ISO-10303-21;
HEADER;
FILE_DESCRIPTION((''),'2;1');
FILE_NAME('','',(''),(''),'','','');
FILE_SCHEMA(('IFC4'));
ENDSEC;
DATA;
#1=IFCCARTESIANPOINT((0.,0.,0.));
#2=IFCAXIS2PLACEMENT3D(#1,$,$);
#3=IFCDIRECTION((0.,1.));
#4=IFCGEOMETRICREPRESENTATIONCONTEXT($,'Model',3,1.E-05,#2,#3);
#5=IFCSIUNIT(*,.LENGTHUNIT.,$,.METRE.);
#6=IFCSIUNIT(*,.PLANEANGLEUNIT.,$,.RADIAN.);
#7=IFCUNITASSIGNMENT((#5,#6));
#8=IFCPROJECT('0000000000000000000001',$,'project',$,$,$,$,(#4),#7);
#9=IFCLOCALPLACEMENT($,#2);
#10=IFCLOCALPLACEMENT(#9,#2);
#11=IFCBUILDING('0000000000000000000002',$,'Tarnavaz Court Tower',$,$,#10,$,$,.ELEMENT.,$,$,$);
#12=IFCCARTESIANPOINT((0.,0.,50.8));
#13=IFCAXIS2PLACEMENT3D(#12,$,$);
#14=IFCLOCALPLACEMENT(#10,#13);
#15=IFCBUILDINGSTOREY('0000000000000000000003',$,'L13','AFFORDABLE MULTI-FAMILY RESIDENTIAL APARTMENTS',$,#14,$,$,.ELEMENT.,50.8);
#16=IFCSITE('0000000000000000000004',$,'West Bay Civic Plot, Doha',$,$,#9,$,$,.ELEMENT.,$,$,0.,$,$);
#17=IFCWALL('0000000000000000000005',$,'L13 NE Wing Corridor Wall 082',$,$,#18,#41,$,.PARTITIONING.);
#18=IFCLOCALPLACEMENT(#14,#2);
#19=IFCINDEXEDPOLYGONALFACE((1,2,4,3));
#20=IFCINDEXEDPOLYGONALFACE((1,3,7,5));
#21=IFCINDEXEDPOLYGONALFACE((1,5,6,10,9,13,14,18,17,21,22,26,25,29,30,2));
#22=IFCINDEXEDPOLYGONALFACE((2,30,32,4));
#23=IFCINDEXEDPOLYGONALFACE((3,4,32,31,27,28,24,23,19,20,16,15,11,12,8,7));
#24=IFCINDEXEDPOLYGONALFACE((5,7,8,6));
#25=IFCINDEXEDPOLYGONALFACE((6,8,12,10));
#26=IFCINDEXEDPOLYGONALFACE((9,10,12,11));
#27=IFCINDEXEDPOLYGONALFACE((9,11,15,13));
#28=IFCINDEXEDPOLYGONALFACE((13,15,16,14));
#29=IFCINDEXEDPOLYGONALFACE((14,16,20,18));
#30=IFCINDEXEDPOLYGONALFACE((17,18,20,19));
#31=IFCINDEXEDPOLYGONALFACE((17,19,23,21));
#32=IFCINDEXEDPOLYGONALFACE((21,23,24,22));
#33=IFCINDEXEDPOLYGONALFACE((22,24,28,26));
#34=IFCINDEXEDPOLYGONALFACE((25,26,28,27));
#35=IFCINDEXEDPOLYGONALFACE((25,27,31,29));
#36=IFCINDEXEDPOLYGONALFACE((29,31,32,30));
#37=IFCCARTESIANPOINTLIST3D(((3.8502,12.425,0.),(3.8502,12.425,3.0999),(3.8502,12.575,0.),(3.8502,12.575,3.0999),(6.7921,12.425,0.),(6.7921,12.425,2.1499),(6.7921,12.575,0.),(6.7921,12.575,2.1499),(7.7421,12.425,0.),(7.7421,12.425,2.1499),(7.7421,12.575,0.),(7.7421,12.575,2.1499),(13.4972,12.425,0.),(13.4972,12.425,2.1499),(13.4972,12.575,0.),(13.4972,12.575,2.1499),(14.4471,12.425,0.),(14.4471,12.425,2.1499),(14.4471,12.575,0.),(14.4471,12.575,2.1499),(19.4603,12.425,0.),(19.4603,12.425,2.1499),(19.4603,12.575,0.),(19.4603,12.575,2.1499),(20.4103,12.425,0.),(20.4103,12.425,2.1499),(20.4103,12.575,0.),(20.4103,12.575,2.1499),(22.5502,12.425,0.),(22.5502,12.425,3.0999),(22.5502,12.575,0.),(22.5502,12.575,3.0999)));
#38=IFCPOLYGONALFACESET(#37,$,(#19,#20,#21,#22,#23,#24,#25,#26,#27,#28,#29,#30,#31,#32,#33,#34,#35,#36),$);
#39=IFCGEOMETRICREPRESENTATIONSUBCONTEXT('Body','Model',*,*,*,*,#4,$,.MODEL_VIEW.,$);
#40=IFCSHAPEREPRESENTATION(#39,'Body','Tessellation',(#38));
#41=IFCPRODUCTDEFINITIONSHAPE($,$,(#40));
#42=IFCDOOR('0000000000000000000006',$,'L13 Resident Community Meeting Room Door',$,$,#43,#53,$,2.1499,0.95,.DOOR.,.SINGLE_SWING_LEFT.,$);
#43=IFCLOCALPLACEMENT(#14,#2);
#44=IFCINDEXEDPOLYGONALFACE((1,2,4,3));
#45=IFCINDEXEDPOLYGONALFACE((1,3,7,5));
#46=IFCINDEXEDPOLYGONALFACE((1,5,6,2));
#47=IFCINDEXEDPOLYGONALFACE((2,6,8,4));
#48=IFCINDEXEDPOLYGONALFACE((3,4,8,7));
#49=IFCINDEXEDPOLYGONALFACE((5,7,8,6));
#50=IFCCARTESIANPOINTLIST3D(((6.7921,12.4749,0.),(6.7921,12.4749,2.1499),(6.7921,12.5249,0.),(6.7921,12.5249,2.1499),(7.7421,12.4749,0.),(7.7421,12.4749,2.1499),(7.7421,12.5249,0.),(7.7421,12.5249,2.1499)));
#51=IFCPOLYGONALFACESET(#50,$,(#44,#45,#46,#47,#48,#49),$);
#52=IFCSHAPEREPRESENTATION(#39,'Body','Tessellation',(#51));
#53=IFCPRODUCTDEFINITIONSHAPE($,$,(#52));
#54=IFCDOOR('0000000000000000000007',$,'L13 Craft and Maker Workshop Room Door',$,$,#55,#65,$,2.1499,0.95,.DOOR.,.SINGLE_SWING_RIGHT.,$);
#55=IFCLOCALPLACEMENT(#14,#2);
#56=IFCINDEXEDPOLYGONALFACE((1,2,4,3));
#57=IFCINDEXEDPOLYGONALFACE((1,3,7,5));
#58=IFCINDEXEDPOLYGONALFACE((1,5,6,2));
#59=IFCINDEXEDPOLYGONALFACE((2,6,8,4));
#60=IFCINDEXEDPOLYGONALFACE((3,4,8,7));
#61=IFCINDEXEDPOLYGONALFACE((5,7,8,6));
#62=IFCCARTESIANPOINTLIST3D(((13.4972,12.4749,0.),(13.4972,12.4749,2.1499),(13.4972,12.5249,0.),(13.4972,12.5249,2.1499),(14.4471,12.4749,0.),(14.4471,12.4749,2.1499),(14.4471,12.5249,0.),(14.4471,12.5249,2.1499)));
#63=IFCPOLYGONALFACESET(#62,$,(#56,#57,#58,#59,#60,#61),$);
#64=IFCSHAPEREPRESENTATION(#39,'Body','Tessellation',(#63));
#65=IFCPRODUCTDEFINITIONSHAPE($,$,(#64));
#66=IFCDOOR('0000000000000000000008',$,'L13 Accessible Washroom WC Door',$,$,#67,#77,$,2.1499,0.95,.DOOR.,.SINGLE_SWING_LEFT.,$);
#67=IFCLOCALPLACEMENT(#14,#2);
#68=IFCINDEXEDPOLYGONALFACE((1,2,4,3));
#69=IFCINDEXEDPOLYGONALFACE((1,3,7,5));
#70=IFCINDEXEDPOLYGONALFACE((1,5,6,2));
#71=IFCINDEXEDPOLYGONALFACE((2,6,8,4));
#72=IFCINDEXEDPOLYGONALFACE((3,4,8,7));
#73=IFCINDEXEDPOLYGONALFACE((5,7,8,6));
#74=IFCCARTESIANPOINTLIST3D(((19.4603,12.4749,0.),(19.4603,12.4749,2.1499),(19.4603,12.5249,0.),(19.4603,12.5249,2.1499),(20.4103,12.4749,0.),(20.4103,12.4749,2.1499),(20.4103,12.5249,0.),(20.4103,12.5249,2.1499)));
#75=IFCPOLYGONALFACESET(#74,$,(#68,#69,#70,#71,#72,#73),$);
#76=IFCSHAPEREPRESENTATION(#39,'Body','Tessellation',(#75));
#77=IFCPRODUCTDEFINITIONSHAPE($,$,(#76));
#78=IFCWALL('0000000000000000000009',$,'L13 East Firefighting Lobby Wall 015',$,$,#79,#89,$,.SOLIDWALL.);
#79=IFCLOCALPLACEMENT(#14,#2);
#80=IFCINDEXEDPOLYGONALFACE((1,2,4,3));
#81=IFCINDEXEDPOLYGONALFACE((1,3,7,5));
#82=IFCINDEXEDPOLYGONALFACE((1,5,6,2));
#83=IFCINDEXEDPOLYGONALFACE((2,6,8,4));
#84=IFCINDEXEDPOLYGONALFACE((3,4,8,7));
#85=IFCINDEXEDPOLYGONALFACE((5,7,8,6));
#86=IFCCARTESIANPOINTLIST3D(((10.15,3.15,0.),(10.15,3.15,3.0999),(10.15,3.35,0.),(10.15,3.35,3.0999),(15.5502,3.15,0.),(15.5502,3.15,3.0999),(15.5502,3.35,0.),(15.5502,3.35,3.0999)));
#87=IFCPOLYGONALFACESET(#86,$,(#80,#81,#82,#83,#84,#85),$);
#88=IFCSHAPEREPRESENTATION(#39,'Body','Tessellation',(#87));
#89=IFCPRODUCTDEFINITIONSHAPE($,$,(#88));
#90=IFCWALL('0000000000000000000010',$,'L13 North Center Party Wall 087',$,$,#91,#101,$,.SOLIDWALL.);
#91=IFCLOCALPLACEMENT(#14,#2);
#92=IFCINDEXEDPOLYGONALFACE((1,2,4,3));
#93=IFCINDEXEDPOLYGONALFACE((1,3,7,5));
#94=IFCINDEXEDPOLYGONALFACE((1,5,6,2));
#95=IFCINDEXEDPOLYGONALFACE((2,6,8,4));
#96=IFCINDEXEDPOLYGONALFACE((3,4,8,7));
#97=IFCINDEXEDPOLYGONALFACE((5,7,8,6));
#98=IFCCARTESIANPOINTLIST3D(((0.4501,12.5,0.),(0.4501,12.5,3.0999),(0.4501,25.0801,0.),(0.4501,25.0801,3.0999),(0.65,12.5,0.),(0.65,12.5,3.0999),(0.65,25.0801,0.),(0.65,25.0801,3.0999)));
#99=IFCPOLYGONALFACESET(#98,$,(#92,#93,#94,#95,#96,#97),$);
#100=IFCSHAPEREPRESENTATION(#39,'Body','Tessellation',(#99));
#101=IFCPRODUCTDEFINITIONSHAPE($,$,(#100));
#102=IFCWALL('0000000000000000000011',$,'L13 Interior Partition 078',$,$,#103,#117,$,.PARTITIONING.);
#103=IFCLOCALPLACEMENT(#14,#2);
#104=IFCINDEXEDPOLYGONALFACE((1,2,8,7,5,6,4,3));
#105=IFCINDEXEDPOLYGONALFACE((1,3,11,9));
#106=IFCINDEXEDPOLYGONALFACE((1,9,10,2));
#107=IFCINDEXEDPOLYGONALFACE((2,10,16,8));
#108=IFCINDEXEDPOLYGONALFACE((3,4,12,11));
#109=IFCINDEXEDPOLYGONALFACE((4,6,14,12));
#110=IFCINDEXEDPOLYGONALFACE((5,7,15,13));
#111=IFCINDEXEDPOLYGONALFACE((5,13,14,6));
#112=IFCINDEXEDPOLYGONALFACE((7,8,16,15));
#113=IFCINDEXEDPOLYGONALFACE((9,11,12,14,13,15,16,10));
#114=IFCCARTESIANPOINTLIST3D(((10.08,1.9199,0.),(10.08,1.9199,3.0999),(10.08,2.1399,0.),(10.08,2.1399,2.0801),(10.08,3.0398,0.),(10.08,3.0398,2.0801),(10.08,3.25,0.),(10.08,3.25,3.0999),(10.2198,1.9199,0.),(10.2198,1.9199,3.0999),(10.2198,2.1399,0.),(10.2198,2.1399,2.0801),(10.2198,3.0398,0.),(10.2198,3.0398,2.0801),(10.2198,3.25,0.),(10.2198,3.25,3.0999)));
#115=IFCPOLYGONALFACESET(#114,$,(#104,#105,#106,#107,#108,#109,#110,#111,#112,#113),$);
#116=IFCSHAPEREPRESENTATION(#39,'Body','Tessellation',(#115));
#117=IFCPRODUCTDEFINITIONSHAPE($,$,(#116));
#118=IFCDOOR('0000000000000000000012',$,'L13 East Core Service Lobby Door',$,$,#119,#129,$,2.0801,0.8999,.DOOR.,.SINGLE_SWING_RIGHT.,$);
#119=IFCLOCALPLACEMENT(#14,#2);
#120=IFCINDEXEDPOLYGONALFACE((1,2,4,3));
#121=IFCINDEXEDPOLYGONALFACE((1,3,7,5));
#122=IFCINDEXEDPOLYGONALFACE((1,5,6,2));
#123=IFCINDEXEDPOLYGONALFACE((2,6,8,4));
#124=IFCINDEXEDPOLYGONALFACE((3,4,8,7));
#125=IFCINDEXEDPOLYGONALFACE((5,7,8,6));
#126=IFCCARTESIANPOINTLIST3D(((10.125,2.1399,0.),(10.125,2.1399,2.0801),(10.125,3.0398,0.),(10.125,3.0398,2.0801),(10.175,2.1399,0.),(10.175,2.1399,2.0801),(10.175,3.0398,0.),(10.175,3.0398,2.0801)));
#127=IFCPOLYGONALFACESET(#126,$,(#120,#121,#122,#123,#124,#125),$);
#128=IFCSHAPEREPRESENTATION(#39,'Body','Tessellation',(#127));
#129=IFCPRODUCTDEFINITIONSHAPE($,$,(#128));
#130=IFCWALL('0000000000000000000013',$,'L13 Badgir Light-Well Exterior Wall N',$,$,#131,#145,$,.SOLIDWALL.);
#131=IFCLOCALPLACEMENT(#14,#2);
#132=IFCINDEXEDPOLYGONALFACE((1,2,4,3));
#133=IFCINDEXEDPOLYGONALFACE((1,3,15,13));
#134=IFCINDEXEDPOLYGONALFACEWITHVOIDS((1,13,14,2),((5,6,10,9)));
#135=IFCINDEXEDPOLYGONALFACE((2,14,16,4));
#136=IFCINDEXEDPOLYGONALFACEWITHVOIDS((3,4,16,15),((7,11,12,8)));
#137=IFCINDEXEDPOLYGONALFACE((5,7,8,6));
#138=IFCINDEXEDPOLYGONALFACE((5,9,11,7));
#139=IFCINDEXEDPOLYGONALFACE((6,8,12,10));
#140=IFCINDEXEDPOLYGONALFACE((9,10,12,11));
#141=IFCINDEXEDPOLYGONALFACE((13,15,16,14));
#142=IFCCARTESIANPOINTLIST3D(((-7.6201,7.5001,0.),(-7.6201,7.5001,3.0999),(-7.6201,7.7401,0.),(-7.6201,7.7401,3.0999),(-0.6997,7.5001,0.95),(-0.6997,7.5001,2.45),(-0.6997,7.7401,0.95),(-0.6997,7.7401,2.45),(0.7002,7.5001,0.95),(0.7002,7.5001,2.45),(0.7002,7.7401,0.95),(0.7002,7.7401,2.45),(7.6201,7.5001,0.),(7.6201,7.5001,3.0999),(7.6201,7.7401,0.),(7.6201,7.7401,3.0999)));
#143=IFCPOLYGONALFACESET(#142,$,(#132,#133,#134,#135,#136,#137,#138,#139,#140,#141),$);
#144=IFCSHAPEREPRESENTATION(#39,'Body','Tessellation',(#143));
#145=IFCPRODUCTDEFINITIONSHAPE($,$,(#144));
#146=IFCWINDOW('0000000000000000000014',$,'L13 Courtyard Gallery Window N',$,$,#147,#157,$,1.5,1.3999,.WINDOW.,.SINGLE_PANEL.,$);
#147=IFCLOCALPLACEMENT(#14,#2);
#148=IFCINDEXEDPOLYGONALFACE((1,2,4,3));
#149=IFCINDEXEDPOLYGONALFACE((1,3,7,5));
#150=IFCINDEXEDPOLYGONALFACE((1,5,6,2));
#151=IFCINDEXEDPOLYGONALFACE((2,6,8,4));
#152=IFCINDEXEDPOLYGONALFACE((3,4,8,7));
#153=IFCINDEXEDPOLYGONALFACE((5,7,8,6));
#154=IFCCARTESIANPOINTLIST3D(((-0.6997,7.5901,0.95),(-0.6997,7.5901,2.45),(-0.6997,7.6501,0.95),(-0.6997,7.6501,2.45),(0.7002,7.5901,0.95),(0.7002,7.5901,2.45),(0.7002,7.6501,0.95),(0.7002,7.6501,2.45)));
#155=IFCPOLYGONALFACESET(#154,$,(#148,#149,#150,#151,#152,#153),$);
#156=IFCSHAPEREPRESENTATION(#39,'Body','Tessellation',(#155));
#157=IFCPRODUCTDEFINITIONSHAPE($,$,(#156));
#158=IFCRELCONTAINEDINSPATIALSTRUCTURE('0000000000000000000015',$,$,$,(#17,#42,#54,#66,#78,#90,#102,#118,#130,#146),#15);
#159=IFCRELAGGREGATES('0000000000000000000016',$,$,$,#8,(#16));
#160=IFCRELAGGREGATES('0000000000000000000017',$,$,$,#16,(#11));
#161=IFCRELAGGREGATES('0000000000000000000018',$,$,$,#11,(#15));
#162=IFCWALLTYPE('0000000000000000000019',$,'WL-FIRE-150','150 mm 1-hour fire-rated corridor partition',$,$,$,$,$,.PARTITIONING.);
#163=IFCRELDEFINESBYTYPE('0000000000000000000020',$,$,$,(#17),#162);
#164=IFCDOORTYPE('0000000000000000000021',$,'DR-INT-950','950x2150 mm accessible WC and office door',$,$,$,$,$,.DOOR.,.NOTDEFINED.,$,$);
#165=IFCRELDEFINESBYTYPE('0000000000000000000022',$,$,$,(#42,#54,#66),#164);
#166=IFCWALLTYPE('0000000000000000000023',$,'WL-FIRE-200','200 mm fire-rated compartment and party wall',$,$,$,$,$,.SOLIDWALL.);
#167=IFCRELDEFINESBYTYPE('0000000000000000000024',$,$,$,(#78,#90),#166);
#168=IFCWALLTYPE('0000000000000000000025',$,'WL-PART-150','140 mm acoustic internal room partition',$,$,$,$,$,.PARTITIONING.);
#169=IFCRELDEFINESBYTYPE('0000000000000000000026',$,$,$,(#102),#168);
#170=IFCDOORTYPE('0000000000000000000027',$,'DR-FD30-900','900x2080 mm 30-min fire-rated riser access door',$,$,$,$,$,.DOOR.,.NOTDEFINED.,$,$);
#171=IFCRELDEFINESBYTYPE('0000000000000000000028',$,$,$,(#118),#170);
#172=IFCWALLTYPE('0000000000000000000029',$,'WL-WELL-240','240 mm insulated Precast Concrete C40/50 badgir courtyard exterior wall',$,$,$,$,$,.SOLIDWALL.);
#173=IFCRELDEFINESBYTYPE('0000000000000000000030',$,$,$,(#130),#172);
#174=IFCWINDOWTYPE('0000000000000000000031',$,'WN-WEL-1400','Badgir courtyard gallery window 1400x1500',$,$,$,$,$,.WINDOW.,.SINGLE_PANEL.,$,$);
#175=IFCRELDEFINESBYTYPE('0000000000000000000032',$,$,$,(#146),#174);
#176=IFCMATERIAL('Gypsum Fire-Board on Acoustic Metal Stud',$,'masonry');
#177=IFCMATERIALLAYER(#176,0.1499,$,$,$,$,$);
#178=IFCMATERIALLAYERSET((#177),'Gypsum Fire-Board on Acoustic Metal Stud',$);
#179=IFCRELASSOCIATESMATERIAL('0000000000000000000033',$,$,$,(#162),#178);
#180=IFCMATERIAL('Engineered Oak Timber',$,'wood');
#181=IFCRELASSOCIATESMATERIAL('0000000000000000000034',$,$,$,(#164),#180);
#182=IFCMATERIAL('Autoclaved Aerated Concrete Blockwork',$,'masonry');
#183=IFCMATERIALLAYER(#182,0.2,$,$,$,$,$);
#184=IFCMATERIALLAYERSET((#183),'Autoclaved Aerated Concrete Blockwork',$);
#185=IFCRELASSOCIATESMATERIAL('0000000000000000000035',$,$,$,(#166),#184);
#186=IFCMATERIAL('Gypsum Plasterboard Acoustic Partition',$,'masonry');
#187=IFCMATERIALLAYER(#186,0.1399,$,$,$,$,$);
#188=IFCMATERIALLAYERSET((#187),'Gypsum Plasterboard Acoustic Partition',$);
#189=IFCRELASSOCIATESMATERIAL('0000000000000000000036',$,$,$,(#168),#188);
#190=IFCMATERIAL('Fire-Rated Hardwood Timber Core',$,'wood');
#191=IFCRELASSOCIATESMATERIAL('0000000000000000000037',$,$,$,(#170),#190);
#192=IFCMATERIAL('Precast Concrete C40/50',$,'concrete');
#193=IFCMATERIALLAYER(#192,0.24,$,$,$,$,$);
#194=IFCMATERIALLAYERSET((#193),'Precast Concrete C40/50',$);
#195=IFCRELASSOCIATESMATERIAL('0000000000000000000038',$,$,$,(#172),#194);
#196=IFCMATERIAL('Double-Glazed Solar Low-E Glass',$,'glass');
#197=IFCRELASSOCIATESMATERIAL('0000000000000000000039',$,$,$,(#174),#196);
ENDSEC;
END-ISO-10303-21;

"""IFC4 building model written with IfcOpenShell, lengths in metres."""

from ifc_helpers import new_model, si_unit, direction, frame, frame_2d, origin, place, context, subcontext, project, spatial, rectangle, extrude, material, layer, layer_set, type_object, element, fill, save


model = new_model("IFC4")

# Units and contexts
model_context = context("Model", 3, precision=1e-05, world=origin(), true_north=direction((0.0, 1.0)))
body_context = subcontext(model_context, "Body", "Model", "MODEL_VIEW")
ifc_project = project(units=[si_unit("LENGTHUNIT", "METRE"), si_unit("PLANEANGLEUNIT", "RADIAN")], contexts=[model_context])

# Site, building, storey
site_placement = place(None, origin())
site = spatial("IfcSite", under=ifc_project, at=site_placement, Name="West Bay Civic Plot, Doha", CompositionType="ELEMENT", RefElevation=0.0)
building_placement = place(site_placement, origin())
building = spatial("IfcBuilding", under=site, at=building_placement, Name="Tarnavaz Court Tower", CompositionType="ELEMENT")
storey_placement = place(building_placement, frame((0.0, 0.0, 50.8)))
storey = spatial("IfcBuildingStorey", under=building, at=storey_placement, Name="L13", Description="AFFORDABLE MULTI-FAMILY RESIDENTIAL APARTMENTS", CompositionType="ELEMENT", Elevation=50.8)

# Shared definitions
ifc_material_1 = material(Name="Fire-Rated Hardwood Timber Core", Category="wood")

# Wall, openings, doors
ifc_material_2 = material(Name="Gypsum Fire-Board on Acoustic Metal Stud", Category="masonry")
ifc_layer_1 = layer(ifc_material_2, 0.1499)
ifc_layer_set_1 = layer_set([ifc_layer_1], Name="Gypsum Fire-Board on Acoustic Metal Stud")
wall_type_1 = type_object("IfcWallType", Name="WL-FIRE-150", Description="150 mm 1-hour fire-rated corridor partition", PredefinedType="PARTITIONING", material=ifc_layer_set_1)
wall_1_placement = place(storey_placement, frame((3.8501, 12.5, 0.0), z_axis=(0.0, 0.0, 1.0), x_axis=(1.0, 0.0, 0.0)))
wall_1 = element("IfcWall", 1, at=wall_1_placement, inside=storey, type_object=wall_type_1, Name="L13 NE Wing Corridor Wall 082", PredefinedType="PARTITIONING", context=body_context, shape_type="SweptSolid", body=[
    extrude(rectangle(XDim=18.7, YDim=0.1499, at=frame_2d((9.3501, 0.0))), origin(), (0.0, 0.0, 1.0), 3.0999),
])
opening_1_placement = place(wall_1_placement, frame((2.9419, 0.0, 0.0)))
opening_1 = element("IfcOpeningElement", 2, at=opening_1_placement, cuts=wall_1, PredefinedType="OPENING", context=body_context, shape_type="SweptSolid", body=[
    extrude(rectangle(XDim=0.95, YDim=2.1499, at=frame_2d((0.4751, 1.075))), frame((0.0, 0.085, 0.0), z_axis=(0.0, -1.0, 0.0), x_axis=(1.0, 0.0, 0.0)), (0.0, 0.0, 1.0), 0.1699),
])
opening_2_placement = place(wall_1_placement, frame((9.647, 0.0, 0.0)))
opening_2 = element("IfcOpeningElement", 3, at=opening_2_placement, cuts=wall_1, PredefinedType="OPENING", context=body_context, shape_type="SweptSolid", body=[
    extrude(rectangle(XDim=0.95, YDim=2.1499, at=frame_2d((0.4751, 1.075))), frame((0.0, 0.085, 0.0), z_axis=(0.0, -1.0, 0.0), x_axis=(1.0, 0.0, 0.0)), (0.0, 0.0, 1.0), 0.1699),
])
opening_3_placement = place(wall_1_placement, frame((15.6101, 0.0, 0.0)))
opening_3 = element("IfcOpeningElement", 4, at=opening_3_placement, cuts=wall_1, PredefinedType="OPENING", context=body_context, shape_type="SweptSolid", body=[
    extrude(rectangle(XDim=0.95, YDim=2.1499, at=frame_2d((0.4751, 1.075))), frame((0.0, 0.085, 0.0), z_axis=(0.0, -1.0, 0.0), x_axis=(1.0, 0.0, 0.0)), (0.0, 0.0, 1.0), 0.1699),
])
ifc_material_3 = material(Name="Engineered Oak Timber", Category="wood")
door_type_1 = type_object("IfcDoorType", Name="DR-INT-950", Description="950x2150 mm accessible WC and office door", OperationType="NOTDEFINED", PredefinedType="DOOR", material=ifc_material_3)
door_1_placement = place(opening_1_placement, origin())
door_1 = element("IfcDoor", 5, at=door_1_placement, inside=storey, type_object=door_type_1, Name="L13 Resident Community Meeting Room Door", OperationType="SINGLE_SWING_LEFT", OverallHeight=2.1499, OverallWidth=0.95, PredefinedType="DOOR", context=body_context, shape_type="SweptSolid", body=[
    extrude(rectangle(XDim=0.95, YDim=2.1499, at=frame_2d((0.4751, 1.075))), frame((0.0, 0.0249, 0.0), z_axis=(0.0, -1.0, 0.0), x_axis=(1.0, 0.0, 0.0)), (0.0, 0.0, 1.0), 0.05),
])
fill(opening_1, door_1)
door_2_placement = place(opening_2_placement, origin())
door_2 = element("IfcDoor", 6, at=door_2_placement, inside=storey, type_object=door_type_1, Name="L13 Craft and Maker Workshop Room Door", OperationType="SINGLE_SWING_RIGHT", OverallHeight=2.1499, OverallWidth=0.95, PredefinedType="DOOR", context=body_context, shape_type="SweptSolid", body=[
    extrude(rectangle(XDim=0.95, YDim=2.1499, at=frame_2d((0.4751, 1.075))), frame((0.0, 0.0249, 0.0), z_axis=(0.0, -1.0, 0.0), x_axis=(1.0, 0.0, 0.0)), (0.0, 0.0, 1.0), 0.05),
])
fill(opening_2, door_2)
door_3_placement = place(opening_3_placement, origin())
door_3 = element("IfcDoor", 7, at=door_3_placement, inside=storey, type_object=door_type_1, Name="L13 Accessible Washroom WC Door", OperationType="SINGLE_SWING_LEFT", OverallHeight=2.1499, OverallWidth=0.95, PredefinedType="DOOR", context=body_context, shape_type="SweptSolid", body=[
    extrude(rectangle(XDim=0.95, YDim=2.1499, at=frame_2d((0.4751, 1.075))), frame((0.0, 0.0249, 0.0), z_axis=(0.0, -1.0, 0.0), x_axis=(1.0, 0.0, 0.0)), (0.0, 0.0, 1.0), 0.05),
])
fill(opening_3, door_3)

# Walls
ifc_material_4 = material(Name="Autoclaved Aerated Concrete Blockwork", Category="masonry")
ifc_layer_2 = layer(ifc_material_4, 0.2)
ifc_layer_set_2 = layer_set([ifc_layer_2], Name="Autoclaved Aerated Concrete Blockwork")
wall_type_2 = type_object("IfcWallType", Name="WL-FIRE-200", Description="200 mm fire-rated compartment and party wall", PredefinedType="SOLIDWALL", material=ifc_layer_set_2)
wall_2_placement = place(storey_placement, frame((10.1499, 3.25, 0.0), z_axis=(0.0, 0.0, 1.0), x_axis=(1.0, 0.0, 0.0)))
element("IfcWall", 8, at=wall_2_placement, inside=storey, type_object=wall_type_2, Name="L13 East Firefighting Lobby Wall 015", PredefinedType="SOLIDWALL", context=body_context, shape_type="SweptSolid", body=[
    extrude(rectangle(XDim=5.4001, YDim=0.2, at=frame_2d((2.7002, 0.0))), origin(), (0.0, 0.0, 1.0), 3.0999),
])
wall_3_placement = place(storey_placement, frame((0.55, 12.5, 0.0), z_axis=(0.0, 0.0, 1.0), x_axis=(0.0, 1.0, 0.0)))
element("IfcWall", 9, at=wall_3_placement, inside=storey, type_object=wall_type_2, Name="L13 North Center Party Wall 087", PredefinedType="SOLIDWALL", context=body_context, shape_type="SweptSolid", body=[
    extrude(rectangle(XDim=12.5801, YDim=0.2, at=frame_2d((6.29, 0.0))), origin(), (0.0, 0.0, 1.0), 3.0999),
])

# Wall, opening, door
ifc_material_5 = material(Name="Gypsum Plasterboard Acoustic Partition", Category="masonry")
ifc_layer_3 = layer(ifc_material_5, 0.1399)
ifc_layer_set_3 = layer_set([ifc_layer_3], Name="Gypsum Plasterboard Acoustic Partition")
wall_type_3 = type_object("IfcWallType", Name="WL-PART-150", Description="140 mm acoustic internal room partition", PredefinedType="PARTITIONING", material=ifc_layer_set_3)
wall_4_placement = place(storey_placement, frame((10.1499, 1.9199, 0.0), z_axis=(0.0, 0.0, 1.0), x_axis=(0.0, 1.0, 0.0)))
wall_4 = element("IfcWall", 10, at=wall_4_placement, inside=storey, type_object=wall_type_3, Name="L13 Interior Partition 078", PredefinedType="PARTITIONING", context=body_context, shape_type="SweptSolid", body=[
    extrude(rectangle(XDim=1.3301, YDim=0.1399, at=frame_2d((0.665, 0.0))), origin(), (0.0, 0.0, 1.0), 3.0999),
])
opening_4_placement = place(wall_4_placement, frame((0.22, 0.0, 0.0)))
opening_4 = element("IfcOpeningElement", 11, at=opening_4_placement, cuts=wall_4, PredefinedType="OPENING", context=body_context, shape_type="SweptSolid", body=[
    extrude(rectangle(XDim=0.8999, YDim=2.0801, at=frame_2d((0.45, 1.04))), frame((0.0, 0.0798, 0.0), z_axis=(0.0, -1.0, 0.0), x_axis=(1.0, 0.0, 0.0)), (0.0, 0.0, 1.0), 0.1599),
])
door_type_2 = type_object("IfcDoorType", Name="DR-FD30-900", Description="900x2080 mm 30-min fire-rated riser access door", OperationType="NOTDEFINED", PredefinedType="DOOR", material=ifc_material_1)
door_4_placement = place(opening_4_placement, origin())
door_4 = element("IfcDoor", 12, at=door_4_placement, inside=storey, type_object=door_type_2, Name="L13 East Core Service Lobby Door", OperationType="SINGLE_SWING_RIGHT", OverallHeight=2.0801, OverallWidth=0.8999, PredefinedType="DOOR", context=body_context, shape_type="SweptSolid", body=[
    extrude(rectangle(XDim=0.8999, YDim=2.0801, at=frame_2d((0.45, 1.04))), frame((0.0, 0.0249, 0.0), z_axis=(0.0, -1.0, 0.0), x_axis=(1.0, 0.0, 0.0)), (0.0, 0.0, 1.0), 0.05),
])
fill(opening_4, door_4)

# Wall, opening, window
ifc_material_6 = material(Name="Precast Concrete C40/50", Category="concrete")
ifc_layer_4 = layer(ifc_material_6, 0.24)
ifc_layer_set_4 = layer_set([ifc_layer_4], Name="Precast Concrete C40/50")
wall_type_4 = type_object("IfcWallType", Name="WL-WELL-240", Description="240 mm insulated Precast Concrete C40/50 badgir courtyard exterior wall", PredefinedType="SOLIDWALL", material=ifc_layer_set_4)
wall_5_placement = place(storey_placement, frame((7.6201, 7.6201, 0.0), z_axis=(0.0, 0.0, 1.0), x_axis=(-1.0, 0.0, 0.0)))
wall_5 = element("IfcWall", 13, at=wall_5_placement, inside=storey, type_object=wall_type_4, Name="L13 Badgir Light-Well Exterior Wall N", PredefinedType="SOLIDWALL", context=body_context, shape_type="SweptSolid", body=[
    extrude(rectangle(XDim=15.2402, YDim=0.24, at=frame_2d((7.6201, 0.0))), origin(), (0.0, 0.0, 1.0), 3.0999),
])
opening_5_placement = place(wall_5_placement, frame((6.9199, 0.0, 0.95)))
opening_5 = element("IfcOpeningElement", 14, at=opening_5_placement, cuts=wall_5, PredefinedType="OPENING", context=body_context, shape_type="SweptSolid", body=[
    extrude(rectangle(XDim=1.3999, YDim=1.5, at=frame_2d((0.7, 0.75))), frame((0.0, 0.1299, 0.0), z_axis=(0.0, -1.0, 0.0), x_axis=(1.0, 0.0, 0.0)), (0.0, 0.0, 1.0), 0.26),
])
ifc_material_7 = material(Name="Double-Glazed Solar Low-E Glass", Category="glass")
window_type = type_object("IfcWindowType", Name="WN-WEL-1400", Description="Badgir courtyard gallery window 1400x1500", PartitioningType="SINGLE_PANEL", PredefinedType="WINDOW", material=ifc_material_7)
window_placement = place(opening_5_placement, origin())
window = element("IfcWindow", 15, at=window_placement, inside=storey, type_object=window_type, Name="L13 Courtyard Gallery Window N", OverallHeight=1.5, OverallWidth=1.3999, PartitioningType="SINGLE_PANEL", PredefinedType="WINDOW", context=body_context, shape_type="SweptSolid", body=[
    extrude(rectangle(XDim=1.3999, YDim=1.5, at=frame_2d((0.7, 0.75))), frame((0.0, 0.03, 0.0), z_axis=(0.0, -1.0, 0.0), x_axis=(1.0, 0.0, 0.0)), (0.0, 0.0, 1.0), 0.0601),
])
fill(opening_5, window)

save(model, "model.ifc")
